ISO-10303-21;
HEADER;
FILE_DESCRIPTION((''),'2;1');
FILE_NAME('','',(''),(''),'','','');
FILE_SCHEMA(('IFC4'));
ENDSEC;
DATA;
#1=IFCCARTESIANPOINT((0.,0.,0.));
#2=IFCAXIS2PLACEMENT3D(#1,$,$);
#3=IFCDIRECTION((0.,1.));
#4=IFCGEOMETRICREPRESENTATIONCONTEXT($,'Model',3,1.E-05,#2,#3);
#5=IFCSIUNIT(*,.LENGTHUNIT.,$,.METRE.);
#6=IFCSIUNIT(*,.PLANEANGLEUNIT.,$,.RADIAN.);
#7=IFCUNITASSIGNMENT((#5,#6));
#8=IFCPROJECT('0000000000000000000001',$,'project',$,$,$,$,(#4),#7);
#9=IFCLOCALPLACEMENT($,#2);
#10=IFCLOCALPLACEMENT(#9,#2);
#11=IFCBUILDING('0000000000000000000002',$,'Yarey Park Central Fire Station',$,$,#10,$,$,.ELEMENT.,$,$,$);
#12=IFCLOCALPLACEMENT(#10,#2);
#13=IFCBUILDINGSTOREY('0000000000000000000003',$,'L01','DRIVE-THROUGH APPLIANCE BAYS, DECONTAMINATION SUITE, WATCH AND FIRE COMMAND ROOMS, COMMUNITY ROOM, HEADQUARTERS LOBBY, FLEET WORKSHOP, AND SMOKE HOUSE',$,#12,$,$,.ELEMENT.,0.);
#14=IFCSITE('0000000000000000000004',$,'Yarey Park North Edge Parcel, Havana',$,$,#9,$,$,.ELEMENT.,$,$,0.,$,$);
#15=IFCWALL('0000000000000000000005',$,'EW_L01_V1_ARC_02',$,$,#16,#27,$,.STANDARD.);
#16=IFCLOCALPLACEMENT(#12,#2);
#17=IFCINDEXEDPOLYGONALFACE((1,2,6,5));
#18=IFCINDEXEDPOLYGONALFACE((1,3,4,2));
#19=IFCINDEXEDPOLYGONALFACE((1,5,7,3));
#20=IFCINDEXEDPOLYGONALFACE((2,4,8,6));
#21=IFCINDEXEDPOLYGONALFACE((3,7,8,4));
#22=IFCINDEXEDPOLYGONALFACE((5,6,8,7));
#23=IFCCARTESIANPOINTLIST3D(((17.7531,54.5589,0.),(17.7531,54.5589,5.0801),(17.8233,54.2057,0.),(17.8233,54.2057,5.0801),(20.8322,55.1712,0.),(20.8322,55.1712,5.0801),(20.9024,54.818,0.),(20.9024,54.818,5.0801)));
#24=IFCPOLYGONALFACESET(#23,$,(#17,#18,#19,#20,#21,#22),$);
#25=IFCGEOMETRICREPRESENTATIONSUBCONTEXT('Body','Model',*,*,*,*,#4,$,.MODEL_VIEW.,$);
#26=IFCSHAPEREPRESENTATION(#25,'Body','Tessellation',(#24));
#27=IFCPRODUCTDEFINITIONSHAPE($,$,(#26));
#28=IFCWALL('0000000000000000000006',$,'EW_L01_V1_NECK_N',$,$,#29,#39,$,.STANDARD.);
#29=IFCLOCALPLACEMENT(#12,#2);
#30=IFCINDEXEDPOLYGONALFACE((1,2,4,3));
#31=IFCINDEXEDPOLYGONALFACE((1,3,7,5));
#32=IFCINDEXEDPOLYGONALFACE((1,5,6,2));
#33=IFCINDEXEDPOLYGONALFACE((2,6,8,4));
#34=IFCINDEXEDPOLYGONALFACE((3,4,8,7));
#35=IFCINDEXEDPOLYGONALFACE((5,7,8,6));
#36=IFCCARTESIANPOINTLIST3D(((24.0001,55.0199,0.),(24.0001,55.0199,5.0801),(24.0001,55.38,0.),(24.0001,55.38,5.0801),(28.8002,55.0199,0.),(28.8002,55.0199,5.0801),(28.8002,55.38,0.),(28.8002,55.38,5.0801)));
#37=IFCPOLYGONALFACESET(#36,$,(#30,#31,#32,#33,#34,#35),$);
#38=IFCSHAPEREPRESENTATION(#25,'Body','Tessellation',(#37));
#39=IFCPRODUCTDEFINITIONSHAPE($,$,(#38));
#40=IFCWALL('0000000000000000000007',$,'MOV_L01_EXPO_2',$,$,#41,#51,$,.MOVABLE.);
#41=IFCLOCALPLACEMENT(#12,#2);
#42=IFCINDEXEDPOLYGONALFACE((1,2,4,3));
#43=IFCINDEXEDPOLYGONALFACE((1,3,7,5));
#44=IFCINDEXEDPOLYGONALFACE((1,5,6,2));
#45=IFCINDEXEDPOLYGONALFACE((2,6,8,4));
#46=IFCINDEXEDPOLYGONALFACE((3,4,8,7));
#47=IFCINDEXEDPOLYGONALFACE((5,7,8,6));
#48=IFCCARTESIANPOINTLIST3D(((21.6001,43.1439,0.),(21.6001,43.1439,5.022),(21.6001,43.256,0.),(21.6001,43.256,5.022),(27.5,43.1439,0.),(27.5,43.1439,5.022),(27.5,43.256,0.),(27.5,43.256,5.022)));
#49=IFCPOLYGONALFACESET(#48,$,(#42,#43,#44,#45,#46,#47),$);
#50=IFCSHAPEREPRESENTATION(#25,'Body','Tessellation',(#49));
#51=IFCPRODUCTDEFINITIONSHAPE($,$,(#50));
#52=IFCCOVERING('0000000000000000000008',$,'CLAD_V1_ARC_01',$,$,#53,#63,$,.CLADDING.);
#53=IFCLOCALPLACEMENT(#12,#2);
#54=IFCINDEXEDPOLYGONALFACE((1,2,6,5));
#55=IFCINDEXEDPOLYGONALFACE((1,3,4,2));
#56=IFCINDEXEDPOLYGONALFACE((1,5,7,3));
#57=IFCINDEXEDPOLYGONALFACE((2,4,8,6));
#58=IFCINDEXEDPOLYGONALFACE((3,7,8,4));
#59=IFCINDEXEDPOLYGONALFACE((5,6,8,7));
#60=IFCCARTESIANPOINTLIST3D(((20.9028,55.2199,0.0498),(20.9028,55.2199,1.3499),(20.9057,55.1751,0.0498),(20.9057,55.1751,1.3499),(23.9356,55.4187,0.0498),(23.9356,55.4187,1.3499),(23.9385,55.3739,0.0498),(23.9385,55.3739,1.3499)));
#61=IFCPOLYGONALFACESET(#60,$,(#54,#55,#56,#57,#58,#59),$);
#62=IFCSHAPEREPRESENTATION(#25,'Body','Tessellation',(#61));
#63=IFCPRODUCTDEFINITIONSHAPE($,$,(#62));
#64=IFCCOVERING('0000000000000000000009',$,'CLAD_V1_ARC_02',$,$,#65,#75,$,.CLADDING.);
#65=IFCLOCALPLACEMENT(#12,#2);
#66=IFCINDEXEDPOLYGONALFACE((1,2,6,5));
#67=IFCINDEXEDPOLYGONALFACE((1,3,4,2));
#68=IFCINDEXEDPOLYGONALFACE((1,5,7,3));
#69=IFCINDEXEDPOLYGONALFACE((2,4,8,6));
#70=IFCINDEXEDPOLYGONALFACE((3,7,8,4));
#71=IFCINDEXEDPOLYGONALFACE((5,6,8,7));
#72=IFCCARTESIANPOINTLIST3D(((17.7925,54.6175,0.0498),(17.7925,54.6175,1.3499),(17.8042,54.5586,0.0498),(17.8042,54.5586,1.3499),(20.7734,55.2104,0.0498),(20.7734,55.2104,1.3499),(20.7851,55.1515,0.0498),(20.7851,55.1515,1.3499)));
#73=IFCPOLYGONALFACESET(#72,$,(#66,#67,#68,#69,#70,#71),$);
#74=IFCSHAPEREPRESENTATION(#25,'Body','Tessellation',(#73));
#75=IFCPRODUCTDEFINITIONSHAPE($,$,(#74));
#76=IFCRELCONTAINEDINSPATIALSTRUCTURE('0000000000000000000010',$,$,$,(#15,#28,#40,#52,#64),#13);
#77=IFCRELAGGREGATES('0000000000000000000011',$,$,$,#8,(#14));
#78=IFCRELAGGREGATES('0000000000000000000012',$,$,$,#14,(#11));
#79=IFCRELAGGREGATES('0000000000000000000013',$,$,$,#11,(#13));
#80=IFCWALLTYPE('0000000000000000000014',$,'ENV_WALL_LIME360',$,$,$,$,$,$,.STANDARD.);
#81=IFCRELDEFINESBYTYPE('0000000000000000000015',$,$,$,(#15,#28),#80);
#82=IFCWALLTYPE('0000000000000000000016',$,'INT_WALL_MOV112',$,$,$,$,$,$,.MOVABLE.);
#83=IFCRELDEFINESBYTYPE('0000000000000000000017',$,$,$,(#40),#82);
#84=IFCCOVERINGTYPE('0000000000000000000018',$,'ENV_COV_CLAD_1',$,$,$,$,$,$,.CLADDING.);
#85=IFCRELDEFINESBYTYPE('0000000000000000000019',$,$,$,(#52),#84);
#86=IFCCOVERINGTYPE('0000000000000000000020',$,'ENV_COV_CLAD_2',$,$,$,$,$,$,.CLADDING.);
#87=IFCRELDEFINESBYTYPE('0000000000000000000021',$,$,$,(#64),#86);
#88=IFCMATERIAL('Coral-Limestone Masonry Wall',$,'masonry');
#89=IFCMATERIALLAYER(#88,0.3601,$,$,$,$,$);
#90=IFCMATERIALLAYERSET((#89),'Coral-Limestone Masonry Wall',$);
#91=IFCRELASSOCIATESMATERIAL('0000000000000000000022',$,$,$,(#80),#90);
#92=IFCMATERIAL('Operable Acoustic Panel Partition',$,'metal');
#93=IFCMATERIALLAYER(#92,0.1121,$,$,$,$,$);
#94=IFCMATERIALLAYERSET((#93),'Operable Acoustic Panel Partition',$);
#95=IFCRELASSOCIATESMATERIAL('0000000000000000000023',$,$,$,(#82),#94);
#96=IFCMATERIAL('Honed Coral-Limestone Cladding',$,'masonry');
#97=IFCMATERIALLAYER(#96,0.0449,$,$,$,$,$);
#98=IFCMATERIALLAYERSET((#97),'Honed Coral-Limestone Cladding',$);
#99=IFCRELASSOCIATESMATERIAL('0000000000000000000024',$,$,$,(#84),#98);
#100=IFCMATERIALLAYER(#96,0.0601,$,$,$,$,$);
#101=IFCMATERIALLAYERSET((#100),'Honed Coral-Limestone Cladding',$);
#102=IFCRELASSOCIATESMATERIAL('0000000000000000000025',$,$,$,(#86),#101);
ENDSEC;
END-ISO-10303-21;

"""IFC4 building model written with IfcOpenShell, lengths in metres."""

from ifc_helpers import new_model, si_unit, direction, frame, frame_2d, origin, origin_2d, place, context, subcontext, project, spatial, rectangle, extrude, material, layer, layer_set, type_object, element, save


model = new_model("IFC4")

# Units and contexts
model_context = context("Model", 3, precision=1e-05, world=origin(), true_north=direction((0.0, 1.0)))
body_context = subcontext(model_context, "Body", "Model", "MODEL_VIEW")
ifc_project = project(units=[si_unit("LENGTHUNIT", "METRE"), si_unit("PLANEANGLEUNIT", "RADIAN")], contexts=[model_context])

# Site, building, storey
site_placement = place(None, origin())
site = spatial("IfcSite", under=ifc_project, at=site_placement, Name="Yarey Park North Edge Parcel, Havana", CompositionType="ELEMENT", RefElevation=0.0)
building_placement = place(site_placement, origin())
building = spatial("IfcBuilding", under=site, at=building_placement, Name="Yarey Park Central Fire Station", CompositionType="ELEMENT")
storey_placement = place(building_placement, origin())
storey = spatial("IfcBuildingStorey", under=building, at=storey_placement, Name="L01", Description="DRIVE-THROUGH APPLIANCE BAYS, DECONTAMINATION SUITE, WATCH AND FIRE COMMAND ROOMS, COMMUNITY ROOM, HEADQUARTERS LOBBY, FLEET WORKSHOP, AND SMOKE HOUSE", CompositionType="ELEMENT", Elevation=0.0)

# Shared definitions
ifc_material_1 = material(Name="Coral-Limestone Masonry Wall", Category="masonry")
ifc_layer_1 = layer(ifc_material_1, 0.3601)
ifc_layer_set_1 = layer_set([ifc_layer_1], Name="Coral-Limestone Masonry Wall")
wall_type_1 = type_object("IfcWallType", Name="ENV_WALL_LIME360", PredefinedType="STANDARD", material=ifc_layer_set_1)

# Walls
wall_1_placement = place(storey_placement, frame((20.8674, 54.9946, 0.0), z_axis=(0.0, 0.0, 1.0), x_axis=(-0.980795, -0.195039, 0.0)))
element("IfcWall", 1, at=wall_1_placement, inside=storey, type_object=wall_type_1, Name="EW_L01_V1_ARC_02", PredefinedType="STANDARD", context=body_context, shape_type="SweptSolid", body=[
    extrude(rectangle(XDim=3.1394, YDim=0.3601, at=frame_2d((1.5698, 0.0))), origin(), (0.0, 0.0, 1.0), 5.0801),
])
wall_2_placement = place(storey_placement, frame((28.8, 55.2, 0.0), z_axis=(0.0, 0.0, 1.0), x_axis=(-1.0, 0.0, 0.0)))
element("IfcWall", 2, at=wall_2_placement, inside=storey, type_object=wall_type_1, Name="EW_L01_V1_NECK_N", PredefinedType="STANDARD", context=body_context, shape_type="SweptSolid", body=[
    extrude(rectangle(XDim=4.8, YDim=0.3601, at=frame_2d((2.3999, 0.0))), origin(), (0.0, 0.0, 1.0), 5.0801),
])
ifc_material_2 = material(Name="Operable Acoustic Panel Partition", Category="metal")
ifc_layer_2 = layer(ifc_material_2, 0.1121)
ifc_layer_set_2 = layer_set([ifc_layer_2], Name="Operable Acoustic Panel Partition")
wall_type_2 = type_object("IfcWallType", Name="INT_WALL_MOV112", PredefinedType="MOVABLE", material=ifc_layer_set_2)
wall_3_placement = place(storey_placement, frame((27.5, 43.2, 0.0), z_axis=(0.0, 0.0, 1.0), x_axis=(-1.0, 0.0, 0.0)))
element("IfcWall", 3, at=wall_3_placement, inside=storey, type_object=wall_type_2, Name="MOV_L01_EXPO_2", PredefinedType="MOVABLE", context=body_context, shape_type="SweptSolid", body=[
    extrude(rectangle(XDim=5.8999, YDim=0.1121, at=frame_2d((2.95, 0.0))), origin(), (0.0, 0.0, 1.0), 5.022),
])

# Coverings
ifc_material_3 = material(Name="Honed Coral-Limestone Cladding", Category="masonry")
ifc_layer_3 = layer(ifc_material_3, 0.0449)
ifc_layer_set_3 = layer_set([ifc_layer_3], Name="Honed Coral-Limestone Cladding")
covering_type_1 = type_object("IfcCoveringType", Name="ENV_COV_CLAD_1", PredefinedType="CLADDING", material=ifc_layer_set_3)
covering_1_placement = place(storey_placement, frame((22.4207, 55.2969, 0.0498), z_axis=(0.0, 0.0, 1.0), x_axis=(-0.997859, -0.065403, 0.0)))
element("IfcCovering", 4, at=covering_1_placement, inside=storey, type_object=covering_type_1, Name="CLAD_V1_ARC_01", PredefinedType="CLADDING", context=body_context, shape_type="SweptSolid", body=[
    extrude(rectangle(XDim=3.0393, YDim=0.0449, at=origin_2d()), origin(), (0.0, 0.0, 1.0), 1.3),
])
ifc_layer_4 = layer(ifc_material_3, 0.0601)
ifc_layer_set_4 = layer_set([ifc_layer_4], Name="Honed Coral-Limestone Cladding")
covering_type_2 = type_object("IfcCoveringType", Name="ENV_COV_CLAD_2", PredefinedType="CLADDING", material=ifc_layer_set_4)
covering_2_placement = place(storey_placement, frame((19.2888, 54.8845, 0.0498), z_axis=(0.0, 0.0, 1.0), x_axis=(-0.980785, -0.19509, 0.0)))
element("IfcCovering", 5, at=covering_2_placement, inside=storey, type_object=covering_type_2, Name="CLAD_V1_ARC_02", PredefinedType="CLADDING", context=body_context, shape_type="SweptSolid", body=[
    extrude(rectangle(XDim=3.0393, YDim=0.0601, at=origin_2d()), origin(), (0.0, 0.0, 1.0), 1.3),
])

save(model, "model.ifc")
